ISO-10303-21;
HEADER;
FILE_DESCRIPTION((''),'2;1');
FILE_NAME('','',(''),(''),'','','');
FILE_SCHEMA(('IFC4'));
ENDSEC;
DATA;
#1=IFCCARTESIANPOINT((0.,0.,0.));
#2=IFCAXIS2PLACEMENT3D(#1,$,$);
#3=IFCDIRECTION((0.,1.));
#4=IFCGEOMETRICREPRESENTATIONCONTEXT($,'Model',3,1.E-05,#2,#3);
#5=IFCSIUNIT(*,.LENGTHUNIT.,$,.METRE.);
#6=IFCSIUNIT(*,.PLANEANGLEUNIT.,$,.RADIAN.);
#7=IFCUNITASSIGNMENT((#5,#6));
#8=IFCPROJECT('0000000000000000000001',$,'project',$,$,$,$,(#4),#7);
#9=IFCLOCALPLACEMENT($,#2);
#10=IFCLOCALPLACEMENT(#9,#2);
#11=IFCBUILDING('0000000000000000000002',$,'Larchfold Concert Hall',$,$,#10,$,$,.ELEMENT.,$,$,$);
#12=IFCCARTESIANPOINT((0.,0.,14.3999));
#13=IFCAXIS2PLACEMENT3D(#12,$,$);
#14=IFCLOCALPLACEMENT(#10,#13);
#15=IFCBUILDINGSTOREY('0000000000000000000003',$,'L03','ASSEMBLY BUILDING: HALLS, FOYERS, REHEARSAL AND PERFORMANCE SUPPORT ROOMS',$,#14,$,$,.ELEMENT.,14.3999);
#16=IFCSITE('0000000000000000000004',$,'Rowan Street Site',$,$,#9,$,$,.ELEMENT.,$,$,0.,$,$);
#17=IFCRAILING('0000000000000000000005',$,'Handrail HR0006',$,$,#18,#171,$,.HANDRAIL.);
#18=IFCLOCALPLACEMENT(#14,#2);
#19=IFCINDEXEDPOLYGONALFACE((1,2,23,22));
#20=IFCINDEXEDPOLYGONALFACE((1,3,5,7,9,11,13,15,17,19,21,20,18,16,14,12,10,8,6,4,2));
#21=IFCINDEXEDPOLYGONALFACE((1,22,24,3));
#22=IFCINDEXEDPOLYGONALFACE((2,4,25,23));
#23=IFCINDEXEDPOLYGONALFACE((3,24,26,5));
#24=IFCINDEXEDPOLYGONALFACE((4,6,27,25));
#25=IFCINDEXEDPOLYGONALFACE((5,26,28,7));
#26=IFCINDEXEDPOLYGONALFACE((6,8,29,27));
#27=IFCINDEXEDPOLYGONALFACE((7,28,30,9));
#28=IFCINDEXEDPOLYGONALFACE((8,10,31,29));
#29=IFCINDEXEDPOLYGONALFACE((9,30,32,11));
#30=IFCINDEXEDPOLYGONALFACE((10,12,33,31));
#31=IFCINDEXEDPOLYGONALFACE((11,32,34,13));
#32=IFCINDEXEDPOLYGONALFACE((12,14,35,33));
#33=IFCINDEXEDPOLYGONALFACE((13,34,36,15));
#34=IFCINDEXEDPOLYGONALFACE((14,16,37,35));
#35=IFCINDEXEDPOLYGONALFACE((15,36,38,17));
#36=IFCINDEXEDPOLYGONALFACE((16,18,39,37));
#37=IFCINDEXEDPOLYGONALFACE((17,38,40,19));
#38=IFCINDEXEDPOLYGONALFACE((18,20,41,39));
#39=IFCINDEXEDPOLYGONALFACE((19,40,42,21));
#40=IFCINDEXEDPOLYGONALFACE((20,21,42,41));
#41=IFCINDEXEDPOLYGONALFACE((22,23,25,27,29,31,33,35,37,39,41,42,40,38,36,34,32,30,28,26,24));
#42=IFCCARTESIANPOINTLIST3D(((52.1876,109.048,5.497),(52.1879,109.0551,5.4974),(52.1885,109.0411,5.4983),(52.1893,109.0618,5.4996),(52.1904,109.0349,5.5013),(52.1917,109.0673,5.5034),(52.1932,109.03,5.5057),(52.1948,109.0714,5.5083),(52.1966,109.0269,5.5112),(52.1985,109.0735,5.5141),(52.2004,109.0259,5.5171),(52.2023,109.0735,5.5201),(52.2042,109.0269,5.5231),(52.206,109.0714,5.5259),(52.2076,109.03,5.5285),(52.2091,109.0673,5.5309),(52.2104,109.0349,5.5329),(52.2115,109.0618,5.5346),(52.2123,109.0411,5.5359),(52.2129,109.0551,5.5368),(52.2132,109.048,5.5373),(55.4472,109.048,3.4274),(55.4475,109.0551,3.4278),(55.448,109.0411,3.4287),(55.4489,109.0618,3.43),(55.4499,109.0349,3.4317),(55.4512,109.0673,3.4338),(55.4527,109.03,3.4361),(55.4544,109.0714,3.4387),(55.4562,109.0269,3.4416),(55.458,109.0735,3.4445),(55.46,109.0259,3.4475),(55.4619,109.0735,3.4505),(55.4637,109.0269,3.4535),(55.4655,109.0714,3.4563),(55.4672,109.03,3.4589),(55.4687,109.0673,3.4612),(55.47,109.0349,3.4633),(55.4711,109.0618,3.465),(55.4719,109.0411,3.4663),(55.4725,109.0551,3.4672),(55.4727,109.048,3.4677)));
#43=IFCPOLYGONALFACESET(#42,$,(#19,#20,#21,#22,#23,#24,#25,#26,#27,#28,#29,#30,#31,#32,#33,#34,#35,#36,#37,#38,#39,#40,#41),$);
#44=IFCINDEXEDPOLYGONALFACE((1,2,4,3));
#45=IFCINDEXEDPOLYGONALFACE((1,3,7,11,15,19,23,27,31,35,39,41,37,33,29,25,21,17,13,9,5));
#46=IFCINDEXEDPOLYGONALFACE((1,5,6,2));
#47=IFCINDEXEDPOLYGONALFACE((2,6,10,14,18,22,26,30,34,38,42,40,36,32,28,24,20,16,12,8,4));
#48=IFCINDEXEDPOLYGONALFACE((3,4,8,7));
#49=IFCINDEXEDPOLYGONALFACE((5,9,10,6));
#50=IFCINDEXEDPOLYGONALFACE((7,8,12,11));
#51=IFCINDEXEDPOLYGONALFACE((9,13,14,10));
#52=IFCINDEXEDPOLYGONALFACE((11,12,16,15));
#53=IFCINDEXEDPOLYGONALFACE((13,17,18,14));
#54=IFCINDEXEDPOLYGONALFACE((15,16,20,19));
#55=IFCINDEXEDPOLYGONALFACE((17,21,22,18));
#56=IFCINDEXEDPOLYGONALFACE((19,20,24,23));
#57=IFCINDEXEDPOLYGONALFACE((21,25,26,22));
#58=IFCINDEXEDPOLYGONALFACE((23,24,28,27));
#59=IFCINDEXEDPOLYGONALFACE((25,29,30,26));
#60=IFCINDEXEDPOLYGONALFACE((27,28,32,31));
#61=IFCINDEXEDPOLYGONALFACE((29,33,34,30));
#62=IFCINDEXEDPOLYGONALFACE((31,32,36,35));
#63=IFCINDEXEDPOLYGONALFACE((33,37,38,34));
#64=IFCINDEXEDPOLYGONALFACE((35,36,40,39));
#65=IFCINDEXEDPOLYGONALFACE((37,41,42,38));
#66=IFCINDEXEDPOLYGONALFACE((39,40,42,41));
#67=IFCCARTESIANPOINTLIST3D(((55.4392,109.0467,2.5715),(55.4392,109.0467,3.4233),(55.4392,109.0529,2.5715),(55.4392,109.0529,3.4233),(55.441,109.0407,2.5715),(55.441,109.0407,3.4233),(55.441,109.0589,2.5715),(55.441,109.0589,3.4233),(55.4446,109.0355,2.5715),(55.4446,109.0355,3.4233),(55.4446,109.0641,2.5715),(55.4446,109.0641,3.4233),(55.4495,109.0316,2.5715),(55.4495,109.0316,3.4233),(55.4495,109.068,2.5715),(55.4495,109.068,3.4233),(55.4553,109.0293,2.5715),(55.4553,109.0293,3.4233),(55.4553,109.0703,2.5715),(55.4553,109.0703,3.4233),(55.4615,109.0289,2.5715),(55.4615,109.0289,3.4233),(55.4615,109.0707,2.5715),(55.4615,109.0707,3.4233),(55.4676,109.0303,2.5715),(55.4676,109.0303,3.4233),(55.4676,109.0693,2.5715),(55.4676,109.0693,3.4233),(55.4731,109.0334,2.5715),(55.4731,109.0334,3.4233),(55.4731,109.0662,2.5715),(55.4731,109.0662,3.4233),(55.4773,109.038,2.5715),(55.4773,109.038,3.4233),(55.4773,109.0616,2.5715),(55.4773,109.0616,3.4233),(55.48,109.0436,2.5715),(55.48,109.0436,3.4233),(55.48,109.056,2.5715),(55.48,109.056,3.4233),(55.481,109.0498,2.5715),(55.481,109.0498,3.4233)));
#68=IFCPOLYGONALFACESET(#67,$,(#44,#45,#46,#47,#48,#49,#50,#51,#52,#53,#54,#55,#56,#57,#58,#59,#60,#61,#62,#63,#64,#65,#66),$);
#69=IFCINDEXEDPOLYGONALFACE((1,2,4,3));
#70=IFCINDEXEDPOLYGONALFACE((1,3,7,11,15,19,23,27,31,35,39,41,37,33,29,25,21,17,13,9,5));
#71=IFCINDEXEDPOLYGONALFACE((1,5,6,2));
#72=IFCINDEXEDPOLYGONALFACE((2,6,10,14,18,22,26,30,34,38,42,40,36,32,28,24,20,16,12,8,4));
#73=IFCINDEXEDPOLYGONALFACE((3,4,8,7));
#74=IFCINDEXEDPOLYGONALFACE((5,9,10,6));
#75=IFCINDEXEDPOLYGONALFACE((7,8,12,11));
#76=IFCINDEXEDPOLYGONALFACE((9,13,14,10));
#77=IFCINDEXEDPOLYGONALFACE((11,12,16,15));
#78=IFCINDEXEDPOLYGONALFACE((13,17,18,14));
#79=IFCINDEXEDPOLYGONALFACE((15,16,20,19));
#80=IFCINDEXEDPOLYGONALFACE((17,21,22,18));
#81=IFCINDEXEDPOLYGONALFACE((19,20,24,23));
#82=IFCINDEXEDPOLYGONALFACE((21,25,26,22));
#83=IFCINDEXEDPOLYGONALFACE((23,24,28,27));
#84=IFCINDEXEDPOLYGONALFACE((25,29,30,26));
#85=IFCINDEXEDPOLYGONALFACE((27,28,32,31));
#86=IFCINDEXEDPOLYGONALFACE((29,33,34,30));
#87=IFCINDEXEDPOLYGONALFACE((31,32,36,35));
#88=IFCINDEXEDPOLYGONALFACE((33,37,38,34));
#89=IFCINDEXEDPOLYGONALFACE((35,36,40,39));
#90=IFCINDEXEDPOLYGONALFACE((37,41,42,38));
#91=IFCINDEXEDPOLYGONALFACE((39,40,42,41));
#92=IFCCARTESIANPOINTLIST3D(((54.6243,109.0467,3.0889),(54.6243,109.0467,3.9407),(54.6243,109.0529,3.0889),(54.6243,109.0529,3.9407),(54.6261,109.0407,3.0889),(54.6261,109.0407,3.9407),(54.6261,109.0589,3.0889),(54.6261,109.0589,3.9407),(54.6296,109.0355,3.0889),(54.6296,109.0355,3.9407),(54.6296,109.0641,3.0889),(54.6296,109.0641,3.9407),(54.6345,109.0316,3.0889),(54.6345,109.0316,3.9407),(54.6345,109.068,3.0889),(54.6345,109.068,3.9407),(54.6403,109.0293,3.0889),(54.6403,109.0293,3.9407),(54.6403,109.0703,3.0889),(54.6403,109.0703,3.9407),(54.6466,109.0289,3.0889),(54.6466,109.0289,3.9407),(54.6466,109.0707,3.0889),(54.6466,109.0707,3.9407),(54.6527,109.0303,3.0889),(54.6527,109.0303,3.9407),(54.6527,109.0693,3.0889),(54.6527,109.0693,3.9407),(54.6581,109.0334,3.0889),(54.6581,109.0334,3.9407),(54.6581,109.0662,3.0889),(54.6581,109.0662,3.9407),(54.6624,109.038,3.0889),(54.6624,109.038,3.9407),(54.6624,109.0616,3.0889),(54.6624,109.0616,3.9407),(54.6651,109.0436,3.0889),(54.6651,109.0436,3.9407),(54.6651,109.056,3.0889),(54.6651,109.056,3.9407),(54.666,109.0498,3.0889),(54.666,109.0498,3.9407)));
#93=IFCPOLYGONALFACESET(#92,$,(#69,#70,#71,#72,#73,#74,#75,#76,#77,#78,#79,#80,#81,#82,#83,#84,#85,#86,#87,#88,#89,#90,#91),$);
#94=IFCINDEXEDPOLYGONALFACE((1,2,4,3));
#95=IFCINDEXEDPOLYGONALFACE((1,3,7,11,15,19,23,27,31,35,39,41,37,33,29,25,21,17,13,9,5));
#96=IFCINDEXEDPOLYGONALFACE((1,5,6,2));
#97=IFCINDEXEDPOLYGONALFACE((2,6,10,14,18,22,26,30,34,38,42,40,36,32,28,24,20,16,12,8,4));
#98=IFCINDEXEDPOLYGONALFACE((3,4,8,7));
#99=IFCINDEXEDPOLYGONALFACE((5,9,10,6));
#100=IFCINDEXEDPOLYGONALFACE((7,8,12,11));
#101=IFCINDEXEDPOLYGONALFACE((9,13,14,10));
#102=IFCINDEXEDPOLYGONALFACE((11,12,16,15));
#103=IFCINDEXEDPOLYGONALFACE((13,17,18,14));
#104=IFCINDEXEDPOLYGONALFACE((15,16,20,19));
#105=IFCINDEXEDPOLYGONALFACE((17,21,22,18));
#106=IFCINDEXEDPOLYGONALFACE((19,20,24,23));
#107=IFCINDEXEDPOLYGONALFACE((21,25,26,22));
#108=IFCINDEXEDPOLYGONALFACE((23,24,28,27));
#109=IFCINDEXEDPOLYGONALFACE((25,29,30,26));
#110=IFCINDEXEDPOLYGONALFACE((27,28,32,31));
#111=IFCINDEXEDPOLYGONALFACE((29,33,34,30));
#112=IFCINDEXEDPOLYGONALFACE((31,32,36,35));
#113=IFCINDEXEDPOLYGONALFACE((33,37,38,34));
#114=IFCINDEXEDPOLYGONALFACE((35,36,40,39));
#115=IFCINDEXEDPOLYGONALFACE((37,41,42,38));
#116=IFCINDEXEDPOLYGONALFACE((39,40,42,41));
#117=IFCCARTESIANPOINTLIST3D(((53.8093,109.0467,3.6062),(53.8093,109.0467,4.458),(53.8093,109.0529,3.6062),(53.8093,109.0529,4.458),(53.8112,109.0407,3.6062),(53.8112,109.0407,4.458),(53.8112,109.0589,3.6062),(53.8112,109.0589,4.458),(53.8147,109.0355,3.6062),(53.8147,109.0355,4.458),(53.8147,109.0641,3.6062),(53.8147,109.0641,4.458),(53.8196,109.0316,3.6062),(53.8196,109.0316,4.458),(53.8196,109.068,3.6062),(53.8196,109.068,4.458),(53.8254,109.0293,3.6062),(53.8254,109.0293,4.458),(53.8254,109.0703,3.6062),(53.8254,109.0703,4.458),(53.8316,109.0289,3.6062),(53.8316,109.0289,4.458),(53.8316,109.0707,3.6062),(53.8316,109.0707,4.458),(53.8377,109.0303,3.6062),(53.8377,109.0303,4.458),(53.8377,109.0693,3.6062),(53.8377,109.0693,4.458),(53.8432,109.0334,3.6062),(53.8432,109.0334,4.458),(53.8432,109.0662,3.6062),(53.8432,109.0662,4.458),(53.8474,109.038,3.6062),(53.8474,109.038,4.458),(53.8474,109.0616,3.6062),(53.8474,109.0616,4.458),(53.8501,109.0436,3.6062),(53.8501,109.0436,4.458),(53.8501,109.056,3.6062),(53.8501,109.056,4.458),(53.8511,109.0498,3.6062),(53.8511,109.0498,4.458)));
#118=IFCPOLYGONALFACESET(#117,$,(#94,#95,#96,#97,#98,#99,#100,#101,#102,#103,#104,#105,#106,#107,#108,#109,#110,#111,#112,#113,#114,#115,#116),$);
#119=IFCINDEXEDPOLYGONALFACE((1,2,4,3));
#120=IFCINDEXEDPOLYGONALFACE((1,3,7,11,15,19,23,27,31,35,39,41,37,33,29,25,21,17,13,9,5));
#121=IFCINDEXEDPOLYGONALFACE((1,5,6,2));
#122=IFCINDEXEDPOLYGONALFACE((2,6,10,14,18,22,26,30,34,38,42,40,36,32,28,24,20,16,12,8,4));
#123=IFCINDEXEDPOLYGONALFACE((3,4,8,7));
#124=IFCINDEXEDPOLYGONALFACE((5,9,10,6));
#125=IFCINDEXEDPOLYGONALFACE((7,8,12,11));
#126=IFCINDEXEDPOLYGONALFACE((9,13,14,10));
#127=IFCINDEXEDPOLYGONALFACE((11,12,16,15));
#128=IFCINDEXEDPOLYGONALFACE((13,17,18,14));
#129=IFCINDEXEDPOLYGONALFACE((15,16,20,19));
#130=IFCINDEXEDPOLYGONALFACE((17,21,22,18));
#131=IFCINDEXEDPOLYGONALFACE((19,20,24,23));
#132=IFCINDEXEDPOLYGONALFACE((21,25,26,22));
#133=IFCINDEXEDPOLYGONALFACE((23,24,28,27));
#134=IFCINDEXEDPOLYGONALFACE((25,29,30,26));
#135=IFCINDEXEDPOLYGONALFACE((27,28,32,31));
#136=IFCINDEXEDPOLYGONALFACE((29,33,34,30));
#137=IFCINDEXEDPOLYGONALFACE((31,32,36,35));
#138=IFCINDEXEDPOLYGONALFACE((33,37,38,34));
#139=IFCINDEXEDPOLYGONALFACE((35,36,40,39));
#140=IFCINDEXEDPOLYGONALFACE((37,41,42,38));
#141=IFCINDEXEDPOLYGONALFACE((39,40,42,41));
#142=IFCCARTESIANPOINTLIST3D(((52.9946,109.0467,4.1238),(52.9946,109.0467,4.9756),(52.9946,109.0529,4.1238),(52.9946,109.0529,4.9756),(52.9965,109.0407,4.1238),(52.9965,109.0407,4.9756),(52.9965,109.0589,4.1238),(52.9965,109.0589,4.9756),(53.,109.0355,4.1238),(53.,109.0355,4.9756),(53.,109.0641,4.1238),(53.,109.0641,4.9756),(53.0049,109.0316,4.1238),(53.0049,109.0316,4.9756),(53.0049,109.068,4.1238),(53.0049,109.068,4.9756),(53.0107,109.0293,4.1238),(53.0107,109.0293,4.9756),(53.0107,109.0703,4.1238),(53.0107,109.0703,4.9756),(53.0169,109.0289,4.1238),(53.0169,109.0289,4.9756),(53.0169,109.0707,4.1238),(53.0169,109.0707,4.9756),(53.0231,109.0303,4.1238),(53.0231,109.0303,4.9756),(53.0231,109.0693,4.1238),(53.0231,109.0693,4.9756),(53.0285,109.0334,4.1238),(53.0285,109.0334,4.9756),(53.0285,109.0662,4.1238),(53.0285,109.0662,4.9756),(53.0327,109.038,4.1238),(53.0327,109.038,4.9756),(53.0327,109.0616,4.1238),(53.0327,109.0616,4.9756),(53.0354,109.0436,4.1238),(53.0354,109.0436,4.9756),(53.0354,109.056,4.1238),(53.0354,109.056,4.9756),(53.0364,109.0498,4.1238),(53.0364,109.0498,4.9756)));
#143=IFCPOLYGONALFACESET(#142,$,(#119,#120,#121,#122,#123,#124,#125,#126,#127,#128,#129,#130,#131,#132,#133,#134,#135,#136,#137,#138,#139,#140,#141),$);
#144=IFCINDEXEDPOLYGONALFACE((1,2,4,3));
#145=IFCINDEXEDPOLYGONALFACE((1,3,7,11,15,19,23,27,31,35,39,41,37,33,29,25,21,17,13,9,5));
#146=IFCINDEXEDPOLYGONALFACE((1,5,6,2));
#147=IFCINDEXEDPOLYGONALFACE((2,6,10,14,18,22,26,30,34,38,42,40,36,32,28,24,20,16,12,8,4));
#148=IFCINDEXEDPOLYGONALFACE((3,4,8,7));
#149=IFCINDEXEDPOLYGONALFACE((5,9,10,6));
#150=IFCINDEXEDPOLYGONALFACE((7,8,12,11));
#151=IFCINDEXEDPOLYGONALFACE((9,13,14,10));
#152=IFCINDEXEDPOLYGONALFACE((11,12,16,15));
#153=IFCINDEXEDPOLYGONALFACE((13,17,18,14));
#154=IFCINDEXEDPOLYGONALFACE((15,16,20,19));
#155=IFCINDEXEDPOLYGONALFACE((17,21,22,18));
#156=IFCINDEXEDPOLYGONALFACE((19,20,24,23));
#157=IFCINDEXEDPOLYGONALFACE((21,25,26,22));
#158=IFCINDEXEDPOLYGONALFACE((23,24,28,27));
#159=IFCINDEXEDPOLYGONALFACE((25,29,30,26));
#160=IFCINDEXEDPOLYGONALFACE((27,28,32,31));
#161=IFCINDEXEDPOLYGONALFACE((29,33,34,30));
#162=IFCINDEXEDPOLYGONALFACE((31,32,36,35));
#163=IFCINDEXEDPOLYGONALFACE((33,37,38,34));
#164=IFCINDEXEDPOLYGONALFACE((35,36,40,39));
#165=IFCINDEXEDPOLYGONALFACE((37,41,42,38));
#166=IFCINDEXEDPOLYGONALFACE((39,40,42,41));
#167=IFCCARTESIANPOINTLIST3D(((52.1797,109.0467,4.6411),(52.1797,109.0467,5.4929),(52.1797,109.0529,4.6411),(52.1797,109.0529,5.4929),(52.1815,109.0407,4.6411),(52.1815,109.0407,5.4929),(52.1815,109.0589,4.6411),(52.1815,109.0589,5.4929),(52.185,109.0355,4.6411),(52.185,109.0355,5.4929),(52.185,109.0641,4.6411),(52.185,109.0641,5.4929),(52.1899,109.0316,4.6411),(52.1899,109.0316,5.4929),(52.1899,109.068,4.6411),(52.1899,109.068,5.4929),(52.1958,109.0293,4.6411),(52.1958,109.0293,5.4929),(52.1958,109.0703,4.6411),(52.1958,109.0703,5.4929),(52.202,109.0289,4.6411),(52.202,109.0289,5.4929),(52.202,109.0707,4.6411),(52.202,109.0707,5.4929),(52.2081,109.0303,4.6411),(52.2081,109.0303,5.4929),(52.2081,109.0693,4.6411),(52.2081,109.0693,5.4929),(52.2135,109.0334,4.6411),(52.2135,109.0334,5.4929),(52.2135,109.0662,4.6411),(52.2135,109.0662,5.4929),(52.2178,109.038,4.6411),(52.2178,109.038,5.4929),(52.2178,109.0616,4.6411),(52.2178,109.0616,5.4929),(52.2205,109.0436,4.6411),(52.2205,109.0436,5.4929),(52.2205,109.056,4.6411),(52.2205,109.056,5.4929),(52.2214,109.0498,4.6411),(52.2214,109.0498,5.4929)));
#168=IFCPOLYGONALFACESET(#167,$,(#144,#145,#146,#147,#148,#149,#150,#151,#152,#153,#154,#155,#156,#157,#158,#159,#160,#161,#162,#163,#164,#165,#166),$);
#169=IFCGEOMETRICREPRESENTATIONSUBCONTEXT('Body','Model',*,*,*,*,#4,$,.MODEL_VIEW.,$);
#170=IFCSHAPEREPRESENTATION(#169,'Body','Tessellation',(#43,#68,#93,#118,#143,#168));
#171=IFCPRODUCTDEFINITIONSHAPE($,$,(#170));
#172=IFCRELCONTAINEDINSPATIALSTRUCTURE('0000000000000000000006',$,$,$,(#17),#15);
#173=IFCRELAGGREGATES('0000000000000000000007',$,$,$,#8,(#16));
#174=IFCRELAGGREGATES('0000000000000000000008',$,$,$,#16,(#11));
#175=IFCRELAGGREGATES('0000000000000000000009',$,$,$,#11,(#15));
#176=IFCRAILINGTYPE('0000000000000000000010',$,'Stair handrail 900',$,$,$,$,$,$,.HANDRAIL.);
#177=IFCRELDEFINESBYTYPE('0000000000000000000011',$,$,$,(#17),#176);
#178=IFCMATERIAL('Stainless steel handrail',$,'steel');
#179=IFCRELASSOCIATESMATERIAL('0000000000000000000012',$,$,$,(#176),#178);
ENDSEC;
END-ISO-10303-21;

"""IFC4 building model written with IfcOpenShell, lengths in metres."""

from ifc_helpers import new_model, si_unit, direction, frame, origin, origin_2d, place, context, subcontext, project, spatial, circle, extrude, material, type_object, element, save


model = new_model("IFC4")

# Units and contexts
model_context = context("Model", 3, precision=1e-05, world=origin(), true_north=direction((0.0, 1.0)))
body_context = subcontext(model_context, "Body", "Model", "MODEL_VIEW")
ifc_project = project(units=[si_unit("LENGTHUNIT", "METRE"), si_unit("PLANEANGLEUNIT", "RADIAN")], contexts=[model_context])

# Site, building, storey
site_placement = place(None, origin())
site = spatial("IfcSite", under=ifc_project, at=site_placement, Name="Rowan Street Site", CompositionType="ELEMENT", RefElevation=0.0)
building_placement = place(site_placement, origin())
building = spatial("IfcBuilding", under=site, at=building_placement, Name="Larchfold Concert Hall", CompositionType="ELEMENT")
storey_placement = place(building_placement, frame((0.0, 0.0, 14.3999)))
storey = spatial("IfcBuildingStorey", under=building, at=storey_placement, Name="L03", Description="ASSEMBLY BUILDING: HALLS, FOYERS, REHEARSAL AND PERFORMANCE SUPPORT ROOMS", CompositionType="ELEMENT", Elevation=14.3999)

# Railing
ifc_material_1 = material(Name="Stainless steel handrail", Category="steel")
railing_type_1 = type_object("IfcRailingType", Name="Stair handrail 900", PredefinedType="HANDRAIL", material=ifc_material_1)
railing_1_placement = place(storey_placement, frame((55.46, 109.0498, 2.5715)))
element("IfcRailing", 1, at=railing_1_placement, inside=storey, type_object=railing_type_1, Name="Handrail HR0006", PredefinedType="HANDRAIL", context=body_context, shape_type="SweptSolid", body=[
    extrude(circle(Radius=0.0239, at=origin_2d()), frame((0.0, 0.0, 0.876), z_axis=(-0.844208, 0.0, 0.536016), x_axis=(0.0, -1.0, 0.0)), (0.0, 0.0, 1.0), 3.8611),
    extrude(circle(Radius=0.021, at=origin_2d()), origin(), (0.0, 0.0, 1.0), 0.8518),
    extrude(circle(Radius=0.021, at=origin_2d()), frame((-0.8149, 0.0, 0.5173)), (0.0, 0.0, 1.0), 0.8518),
    extrude(circle(Radius=0.021, at=origin_2d()), frame((-1.6299, 0.0, 1.0347)), (0.0, 0.0, 1.0), 0.8518),
    extrude(circle(Radius=0.021, at=origin_2d()), frame((-2.4446, 0.0, 1.5522)), (0.0, 0.0, 1.0), 0.8518),
    extrude(circle(Radius=0.021, at=origin_2d()), frame((-3.2595, 0.0, 2.0696)), (0.0, 0.0, 1.0), 0.8518),
])

save(model, "model.ifc")
